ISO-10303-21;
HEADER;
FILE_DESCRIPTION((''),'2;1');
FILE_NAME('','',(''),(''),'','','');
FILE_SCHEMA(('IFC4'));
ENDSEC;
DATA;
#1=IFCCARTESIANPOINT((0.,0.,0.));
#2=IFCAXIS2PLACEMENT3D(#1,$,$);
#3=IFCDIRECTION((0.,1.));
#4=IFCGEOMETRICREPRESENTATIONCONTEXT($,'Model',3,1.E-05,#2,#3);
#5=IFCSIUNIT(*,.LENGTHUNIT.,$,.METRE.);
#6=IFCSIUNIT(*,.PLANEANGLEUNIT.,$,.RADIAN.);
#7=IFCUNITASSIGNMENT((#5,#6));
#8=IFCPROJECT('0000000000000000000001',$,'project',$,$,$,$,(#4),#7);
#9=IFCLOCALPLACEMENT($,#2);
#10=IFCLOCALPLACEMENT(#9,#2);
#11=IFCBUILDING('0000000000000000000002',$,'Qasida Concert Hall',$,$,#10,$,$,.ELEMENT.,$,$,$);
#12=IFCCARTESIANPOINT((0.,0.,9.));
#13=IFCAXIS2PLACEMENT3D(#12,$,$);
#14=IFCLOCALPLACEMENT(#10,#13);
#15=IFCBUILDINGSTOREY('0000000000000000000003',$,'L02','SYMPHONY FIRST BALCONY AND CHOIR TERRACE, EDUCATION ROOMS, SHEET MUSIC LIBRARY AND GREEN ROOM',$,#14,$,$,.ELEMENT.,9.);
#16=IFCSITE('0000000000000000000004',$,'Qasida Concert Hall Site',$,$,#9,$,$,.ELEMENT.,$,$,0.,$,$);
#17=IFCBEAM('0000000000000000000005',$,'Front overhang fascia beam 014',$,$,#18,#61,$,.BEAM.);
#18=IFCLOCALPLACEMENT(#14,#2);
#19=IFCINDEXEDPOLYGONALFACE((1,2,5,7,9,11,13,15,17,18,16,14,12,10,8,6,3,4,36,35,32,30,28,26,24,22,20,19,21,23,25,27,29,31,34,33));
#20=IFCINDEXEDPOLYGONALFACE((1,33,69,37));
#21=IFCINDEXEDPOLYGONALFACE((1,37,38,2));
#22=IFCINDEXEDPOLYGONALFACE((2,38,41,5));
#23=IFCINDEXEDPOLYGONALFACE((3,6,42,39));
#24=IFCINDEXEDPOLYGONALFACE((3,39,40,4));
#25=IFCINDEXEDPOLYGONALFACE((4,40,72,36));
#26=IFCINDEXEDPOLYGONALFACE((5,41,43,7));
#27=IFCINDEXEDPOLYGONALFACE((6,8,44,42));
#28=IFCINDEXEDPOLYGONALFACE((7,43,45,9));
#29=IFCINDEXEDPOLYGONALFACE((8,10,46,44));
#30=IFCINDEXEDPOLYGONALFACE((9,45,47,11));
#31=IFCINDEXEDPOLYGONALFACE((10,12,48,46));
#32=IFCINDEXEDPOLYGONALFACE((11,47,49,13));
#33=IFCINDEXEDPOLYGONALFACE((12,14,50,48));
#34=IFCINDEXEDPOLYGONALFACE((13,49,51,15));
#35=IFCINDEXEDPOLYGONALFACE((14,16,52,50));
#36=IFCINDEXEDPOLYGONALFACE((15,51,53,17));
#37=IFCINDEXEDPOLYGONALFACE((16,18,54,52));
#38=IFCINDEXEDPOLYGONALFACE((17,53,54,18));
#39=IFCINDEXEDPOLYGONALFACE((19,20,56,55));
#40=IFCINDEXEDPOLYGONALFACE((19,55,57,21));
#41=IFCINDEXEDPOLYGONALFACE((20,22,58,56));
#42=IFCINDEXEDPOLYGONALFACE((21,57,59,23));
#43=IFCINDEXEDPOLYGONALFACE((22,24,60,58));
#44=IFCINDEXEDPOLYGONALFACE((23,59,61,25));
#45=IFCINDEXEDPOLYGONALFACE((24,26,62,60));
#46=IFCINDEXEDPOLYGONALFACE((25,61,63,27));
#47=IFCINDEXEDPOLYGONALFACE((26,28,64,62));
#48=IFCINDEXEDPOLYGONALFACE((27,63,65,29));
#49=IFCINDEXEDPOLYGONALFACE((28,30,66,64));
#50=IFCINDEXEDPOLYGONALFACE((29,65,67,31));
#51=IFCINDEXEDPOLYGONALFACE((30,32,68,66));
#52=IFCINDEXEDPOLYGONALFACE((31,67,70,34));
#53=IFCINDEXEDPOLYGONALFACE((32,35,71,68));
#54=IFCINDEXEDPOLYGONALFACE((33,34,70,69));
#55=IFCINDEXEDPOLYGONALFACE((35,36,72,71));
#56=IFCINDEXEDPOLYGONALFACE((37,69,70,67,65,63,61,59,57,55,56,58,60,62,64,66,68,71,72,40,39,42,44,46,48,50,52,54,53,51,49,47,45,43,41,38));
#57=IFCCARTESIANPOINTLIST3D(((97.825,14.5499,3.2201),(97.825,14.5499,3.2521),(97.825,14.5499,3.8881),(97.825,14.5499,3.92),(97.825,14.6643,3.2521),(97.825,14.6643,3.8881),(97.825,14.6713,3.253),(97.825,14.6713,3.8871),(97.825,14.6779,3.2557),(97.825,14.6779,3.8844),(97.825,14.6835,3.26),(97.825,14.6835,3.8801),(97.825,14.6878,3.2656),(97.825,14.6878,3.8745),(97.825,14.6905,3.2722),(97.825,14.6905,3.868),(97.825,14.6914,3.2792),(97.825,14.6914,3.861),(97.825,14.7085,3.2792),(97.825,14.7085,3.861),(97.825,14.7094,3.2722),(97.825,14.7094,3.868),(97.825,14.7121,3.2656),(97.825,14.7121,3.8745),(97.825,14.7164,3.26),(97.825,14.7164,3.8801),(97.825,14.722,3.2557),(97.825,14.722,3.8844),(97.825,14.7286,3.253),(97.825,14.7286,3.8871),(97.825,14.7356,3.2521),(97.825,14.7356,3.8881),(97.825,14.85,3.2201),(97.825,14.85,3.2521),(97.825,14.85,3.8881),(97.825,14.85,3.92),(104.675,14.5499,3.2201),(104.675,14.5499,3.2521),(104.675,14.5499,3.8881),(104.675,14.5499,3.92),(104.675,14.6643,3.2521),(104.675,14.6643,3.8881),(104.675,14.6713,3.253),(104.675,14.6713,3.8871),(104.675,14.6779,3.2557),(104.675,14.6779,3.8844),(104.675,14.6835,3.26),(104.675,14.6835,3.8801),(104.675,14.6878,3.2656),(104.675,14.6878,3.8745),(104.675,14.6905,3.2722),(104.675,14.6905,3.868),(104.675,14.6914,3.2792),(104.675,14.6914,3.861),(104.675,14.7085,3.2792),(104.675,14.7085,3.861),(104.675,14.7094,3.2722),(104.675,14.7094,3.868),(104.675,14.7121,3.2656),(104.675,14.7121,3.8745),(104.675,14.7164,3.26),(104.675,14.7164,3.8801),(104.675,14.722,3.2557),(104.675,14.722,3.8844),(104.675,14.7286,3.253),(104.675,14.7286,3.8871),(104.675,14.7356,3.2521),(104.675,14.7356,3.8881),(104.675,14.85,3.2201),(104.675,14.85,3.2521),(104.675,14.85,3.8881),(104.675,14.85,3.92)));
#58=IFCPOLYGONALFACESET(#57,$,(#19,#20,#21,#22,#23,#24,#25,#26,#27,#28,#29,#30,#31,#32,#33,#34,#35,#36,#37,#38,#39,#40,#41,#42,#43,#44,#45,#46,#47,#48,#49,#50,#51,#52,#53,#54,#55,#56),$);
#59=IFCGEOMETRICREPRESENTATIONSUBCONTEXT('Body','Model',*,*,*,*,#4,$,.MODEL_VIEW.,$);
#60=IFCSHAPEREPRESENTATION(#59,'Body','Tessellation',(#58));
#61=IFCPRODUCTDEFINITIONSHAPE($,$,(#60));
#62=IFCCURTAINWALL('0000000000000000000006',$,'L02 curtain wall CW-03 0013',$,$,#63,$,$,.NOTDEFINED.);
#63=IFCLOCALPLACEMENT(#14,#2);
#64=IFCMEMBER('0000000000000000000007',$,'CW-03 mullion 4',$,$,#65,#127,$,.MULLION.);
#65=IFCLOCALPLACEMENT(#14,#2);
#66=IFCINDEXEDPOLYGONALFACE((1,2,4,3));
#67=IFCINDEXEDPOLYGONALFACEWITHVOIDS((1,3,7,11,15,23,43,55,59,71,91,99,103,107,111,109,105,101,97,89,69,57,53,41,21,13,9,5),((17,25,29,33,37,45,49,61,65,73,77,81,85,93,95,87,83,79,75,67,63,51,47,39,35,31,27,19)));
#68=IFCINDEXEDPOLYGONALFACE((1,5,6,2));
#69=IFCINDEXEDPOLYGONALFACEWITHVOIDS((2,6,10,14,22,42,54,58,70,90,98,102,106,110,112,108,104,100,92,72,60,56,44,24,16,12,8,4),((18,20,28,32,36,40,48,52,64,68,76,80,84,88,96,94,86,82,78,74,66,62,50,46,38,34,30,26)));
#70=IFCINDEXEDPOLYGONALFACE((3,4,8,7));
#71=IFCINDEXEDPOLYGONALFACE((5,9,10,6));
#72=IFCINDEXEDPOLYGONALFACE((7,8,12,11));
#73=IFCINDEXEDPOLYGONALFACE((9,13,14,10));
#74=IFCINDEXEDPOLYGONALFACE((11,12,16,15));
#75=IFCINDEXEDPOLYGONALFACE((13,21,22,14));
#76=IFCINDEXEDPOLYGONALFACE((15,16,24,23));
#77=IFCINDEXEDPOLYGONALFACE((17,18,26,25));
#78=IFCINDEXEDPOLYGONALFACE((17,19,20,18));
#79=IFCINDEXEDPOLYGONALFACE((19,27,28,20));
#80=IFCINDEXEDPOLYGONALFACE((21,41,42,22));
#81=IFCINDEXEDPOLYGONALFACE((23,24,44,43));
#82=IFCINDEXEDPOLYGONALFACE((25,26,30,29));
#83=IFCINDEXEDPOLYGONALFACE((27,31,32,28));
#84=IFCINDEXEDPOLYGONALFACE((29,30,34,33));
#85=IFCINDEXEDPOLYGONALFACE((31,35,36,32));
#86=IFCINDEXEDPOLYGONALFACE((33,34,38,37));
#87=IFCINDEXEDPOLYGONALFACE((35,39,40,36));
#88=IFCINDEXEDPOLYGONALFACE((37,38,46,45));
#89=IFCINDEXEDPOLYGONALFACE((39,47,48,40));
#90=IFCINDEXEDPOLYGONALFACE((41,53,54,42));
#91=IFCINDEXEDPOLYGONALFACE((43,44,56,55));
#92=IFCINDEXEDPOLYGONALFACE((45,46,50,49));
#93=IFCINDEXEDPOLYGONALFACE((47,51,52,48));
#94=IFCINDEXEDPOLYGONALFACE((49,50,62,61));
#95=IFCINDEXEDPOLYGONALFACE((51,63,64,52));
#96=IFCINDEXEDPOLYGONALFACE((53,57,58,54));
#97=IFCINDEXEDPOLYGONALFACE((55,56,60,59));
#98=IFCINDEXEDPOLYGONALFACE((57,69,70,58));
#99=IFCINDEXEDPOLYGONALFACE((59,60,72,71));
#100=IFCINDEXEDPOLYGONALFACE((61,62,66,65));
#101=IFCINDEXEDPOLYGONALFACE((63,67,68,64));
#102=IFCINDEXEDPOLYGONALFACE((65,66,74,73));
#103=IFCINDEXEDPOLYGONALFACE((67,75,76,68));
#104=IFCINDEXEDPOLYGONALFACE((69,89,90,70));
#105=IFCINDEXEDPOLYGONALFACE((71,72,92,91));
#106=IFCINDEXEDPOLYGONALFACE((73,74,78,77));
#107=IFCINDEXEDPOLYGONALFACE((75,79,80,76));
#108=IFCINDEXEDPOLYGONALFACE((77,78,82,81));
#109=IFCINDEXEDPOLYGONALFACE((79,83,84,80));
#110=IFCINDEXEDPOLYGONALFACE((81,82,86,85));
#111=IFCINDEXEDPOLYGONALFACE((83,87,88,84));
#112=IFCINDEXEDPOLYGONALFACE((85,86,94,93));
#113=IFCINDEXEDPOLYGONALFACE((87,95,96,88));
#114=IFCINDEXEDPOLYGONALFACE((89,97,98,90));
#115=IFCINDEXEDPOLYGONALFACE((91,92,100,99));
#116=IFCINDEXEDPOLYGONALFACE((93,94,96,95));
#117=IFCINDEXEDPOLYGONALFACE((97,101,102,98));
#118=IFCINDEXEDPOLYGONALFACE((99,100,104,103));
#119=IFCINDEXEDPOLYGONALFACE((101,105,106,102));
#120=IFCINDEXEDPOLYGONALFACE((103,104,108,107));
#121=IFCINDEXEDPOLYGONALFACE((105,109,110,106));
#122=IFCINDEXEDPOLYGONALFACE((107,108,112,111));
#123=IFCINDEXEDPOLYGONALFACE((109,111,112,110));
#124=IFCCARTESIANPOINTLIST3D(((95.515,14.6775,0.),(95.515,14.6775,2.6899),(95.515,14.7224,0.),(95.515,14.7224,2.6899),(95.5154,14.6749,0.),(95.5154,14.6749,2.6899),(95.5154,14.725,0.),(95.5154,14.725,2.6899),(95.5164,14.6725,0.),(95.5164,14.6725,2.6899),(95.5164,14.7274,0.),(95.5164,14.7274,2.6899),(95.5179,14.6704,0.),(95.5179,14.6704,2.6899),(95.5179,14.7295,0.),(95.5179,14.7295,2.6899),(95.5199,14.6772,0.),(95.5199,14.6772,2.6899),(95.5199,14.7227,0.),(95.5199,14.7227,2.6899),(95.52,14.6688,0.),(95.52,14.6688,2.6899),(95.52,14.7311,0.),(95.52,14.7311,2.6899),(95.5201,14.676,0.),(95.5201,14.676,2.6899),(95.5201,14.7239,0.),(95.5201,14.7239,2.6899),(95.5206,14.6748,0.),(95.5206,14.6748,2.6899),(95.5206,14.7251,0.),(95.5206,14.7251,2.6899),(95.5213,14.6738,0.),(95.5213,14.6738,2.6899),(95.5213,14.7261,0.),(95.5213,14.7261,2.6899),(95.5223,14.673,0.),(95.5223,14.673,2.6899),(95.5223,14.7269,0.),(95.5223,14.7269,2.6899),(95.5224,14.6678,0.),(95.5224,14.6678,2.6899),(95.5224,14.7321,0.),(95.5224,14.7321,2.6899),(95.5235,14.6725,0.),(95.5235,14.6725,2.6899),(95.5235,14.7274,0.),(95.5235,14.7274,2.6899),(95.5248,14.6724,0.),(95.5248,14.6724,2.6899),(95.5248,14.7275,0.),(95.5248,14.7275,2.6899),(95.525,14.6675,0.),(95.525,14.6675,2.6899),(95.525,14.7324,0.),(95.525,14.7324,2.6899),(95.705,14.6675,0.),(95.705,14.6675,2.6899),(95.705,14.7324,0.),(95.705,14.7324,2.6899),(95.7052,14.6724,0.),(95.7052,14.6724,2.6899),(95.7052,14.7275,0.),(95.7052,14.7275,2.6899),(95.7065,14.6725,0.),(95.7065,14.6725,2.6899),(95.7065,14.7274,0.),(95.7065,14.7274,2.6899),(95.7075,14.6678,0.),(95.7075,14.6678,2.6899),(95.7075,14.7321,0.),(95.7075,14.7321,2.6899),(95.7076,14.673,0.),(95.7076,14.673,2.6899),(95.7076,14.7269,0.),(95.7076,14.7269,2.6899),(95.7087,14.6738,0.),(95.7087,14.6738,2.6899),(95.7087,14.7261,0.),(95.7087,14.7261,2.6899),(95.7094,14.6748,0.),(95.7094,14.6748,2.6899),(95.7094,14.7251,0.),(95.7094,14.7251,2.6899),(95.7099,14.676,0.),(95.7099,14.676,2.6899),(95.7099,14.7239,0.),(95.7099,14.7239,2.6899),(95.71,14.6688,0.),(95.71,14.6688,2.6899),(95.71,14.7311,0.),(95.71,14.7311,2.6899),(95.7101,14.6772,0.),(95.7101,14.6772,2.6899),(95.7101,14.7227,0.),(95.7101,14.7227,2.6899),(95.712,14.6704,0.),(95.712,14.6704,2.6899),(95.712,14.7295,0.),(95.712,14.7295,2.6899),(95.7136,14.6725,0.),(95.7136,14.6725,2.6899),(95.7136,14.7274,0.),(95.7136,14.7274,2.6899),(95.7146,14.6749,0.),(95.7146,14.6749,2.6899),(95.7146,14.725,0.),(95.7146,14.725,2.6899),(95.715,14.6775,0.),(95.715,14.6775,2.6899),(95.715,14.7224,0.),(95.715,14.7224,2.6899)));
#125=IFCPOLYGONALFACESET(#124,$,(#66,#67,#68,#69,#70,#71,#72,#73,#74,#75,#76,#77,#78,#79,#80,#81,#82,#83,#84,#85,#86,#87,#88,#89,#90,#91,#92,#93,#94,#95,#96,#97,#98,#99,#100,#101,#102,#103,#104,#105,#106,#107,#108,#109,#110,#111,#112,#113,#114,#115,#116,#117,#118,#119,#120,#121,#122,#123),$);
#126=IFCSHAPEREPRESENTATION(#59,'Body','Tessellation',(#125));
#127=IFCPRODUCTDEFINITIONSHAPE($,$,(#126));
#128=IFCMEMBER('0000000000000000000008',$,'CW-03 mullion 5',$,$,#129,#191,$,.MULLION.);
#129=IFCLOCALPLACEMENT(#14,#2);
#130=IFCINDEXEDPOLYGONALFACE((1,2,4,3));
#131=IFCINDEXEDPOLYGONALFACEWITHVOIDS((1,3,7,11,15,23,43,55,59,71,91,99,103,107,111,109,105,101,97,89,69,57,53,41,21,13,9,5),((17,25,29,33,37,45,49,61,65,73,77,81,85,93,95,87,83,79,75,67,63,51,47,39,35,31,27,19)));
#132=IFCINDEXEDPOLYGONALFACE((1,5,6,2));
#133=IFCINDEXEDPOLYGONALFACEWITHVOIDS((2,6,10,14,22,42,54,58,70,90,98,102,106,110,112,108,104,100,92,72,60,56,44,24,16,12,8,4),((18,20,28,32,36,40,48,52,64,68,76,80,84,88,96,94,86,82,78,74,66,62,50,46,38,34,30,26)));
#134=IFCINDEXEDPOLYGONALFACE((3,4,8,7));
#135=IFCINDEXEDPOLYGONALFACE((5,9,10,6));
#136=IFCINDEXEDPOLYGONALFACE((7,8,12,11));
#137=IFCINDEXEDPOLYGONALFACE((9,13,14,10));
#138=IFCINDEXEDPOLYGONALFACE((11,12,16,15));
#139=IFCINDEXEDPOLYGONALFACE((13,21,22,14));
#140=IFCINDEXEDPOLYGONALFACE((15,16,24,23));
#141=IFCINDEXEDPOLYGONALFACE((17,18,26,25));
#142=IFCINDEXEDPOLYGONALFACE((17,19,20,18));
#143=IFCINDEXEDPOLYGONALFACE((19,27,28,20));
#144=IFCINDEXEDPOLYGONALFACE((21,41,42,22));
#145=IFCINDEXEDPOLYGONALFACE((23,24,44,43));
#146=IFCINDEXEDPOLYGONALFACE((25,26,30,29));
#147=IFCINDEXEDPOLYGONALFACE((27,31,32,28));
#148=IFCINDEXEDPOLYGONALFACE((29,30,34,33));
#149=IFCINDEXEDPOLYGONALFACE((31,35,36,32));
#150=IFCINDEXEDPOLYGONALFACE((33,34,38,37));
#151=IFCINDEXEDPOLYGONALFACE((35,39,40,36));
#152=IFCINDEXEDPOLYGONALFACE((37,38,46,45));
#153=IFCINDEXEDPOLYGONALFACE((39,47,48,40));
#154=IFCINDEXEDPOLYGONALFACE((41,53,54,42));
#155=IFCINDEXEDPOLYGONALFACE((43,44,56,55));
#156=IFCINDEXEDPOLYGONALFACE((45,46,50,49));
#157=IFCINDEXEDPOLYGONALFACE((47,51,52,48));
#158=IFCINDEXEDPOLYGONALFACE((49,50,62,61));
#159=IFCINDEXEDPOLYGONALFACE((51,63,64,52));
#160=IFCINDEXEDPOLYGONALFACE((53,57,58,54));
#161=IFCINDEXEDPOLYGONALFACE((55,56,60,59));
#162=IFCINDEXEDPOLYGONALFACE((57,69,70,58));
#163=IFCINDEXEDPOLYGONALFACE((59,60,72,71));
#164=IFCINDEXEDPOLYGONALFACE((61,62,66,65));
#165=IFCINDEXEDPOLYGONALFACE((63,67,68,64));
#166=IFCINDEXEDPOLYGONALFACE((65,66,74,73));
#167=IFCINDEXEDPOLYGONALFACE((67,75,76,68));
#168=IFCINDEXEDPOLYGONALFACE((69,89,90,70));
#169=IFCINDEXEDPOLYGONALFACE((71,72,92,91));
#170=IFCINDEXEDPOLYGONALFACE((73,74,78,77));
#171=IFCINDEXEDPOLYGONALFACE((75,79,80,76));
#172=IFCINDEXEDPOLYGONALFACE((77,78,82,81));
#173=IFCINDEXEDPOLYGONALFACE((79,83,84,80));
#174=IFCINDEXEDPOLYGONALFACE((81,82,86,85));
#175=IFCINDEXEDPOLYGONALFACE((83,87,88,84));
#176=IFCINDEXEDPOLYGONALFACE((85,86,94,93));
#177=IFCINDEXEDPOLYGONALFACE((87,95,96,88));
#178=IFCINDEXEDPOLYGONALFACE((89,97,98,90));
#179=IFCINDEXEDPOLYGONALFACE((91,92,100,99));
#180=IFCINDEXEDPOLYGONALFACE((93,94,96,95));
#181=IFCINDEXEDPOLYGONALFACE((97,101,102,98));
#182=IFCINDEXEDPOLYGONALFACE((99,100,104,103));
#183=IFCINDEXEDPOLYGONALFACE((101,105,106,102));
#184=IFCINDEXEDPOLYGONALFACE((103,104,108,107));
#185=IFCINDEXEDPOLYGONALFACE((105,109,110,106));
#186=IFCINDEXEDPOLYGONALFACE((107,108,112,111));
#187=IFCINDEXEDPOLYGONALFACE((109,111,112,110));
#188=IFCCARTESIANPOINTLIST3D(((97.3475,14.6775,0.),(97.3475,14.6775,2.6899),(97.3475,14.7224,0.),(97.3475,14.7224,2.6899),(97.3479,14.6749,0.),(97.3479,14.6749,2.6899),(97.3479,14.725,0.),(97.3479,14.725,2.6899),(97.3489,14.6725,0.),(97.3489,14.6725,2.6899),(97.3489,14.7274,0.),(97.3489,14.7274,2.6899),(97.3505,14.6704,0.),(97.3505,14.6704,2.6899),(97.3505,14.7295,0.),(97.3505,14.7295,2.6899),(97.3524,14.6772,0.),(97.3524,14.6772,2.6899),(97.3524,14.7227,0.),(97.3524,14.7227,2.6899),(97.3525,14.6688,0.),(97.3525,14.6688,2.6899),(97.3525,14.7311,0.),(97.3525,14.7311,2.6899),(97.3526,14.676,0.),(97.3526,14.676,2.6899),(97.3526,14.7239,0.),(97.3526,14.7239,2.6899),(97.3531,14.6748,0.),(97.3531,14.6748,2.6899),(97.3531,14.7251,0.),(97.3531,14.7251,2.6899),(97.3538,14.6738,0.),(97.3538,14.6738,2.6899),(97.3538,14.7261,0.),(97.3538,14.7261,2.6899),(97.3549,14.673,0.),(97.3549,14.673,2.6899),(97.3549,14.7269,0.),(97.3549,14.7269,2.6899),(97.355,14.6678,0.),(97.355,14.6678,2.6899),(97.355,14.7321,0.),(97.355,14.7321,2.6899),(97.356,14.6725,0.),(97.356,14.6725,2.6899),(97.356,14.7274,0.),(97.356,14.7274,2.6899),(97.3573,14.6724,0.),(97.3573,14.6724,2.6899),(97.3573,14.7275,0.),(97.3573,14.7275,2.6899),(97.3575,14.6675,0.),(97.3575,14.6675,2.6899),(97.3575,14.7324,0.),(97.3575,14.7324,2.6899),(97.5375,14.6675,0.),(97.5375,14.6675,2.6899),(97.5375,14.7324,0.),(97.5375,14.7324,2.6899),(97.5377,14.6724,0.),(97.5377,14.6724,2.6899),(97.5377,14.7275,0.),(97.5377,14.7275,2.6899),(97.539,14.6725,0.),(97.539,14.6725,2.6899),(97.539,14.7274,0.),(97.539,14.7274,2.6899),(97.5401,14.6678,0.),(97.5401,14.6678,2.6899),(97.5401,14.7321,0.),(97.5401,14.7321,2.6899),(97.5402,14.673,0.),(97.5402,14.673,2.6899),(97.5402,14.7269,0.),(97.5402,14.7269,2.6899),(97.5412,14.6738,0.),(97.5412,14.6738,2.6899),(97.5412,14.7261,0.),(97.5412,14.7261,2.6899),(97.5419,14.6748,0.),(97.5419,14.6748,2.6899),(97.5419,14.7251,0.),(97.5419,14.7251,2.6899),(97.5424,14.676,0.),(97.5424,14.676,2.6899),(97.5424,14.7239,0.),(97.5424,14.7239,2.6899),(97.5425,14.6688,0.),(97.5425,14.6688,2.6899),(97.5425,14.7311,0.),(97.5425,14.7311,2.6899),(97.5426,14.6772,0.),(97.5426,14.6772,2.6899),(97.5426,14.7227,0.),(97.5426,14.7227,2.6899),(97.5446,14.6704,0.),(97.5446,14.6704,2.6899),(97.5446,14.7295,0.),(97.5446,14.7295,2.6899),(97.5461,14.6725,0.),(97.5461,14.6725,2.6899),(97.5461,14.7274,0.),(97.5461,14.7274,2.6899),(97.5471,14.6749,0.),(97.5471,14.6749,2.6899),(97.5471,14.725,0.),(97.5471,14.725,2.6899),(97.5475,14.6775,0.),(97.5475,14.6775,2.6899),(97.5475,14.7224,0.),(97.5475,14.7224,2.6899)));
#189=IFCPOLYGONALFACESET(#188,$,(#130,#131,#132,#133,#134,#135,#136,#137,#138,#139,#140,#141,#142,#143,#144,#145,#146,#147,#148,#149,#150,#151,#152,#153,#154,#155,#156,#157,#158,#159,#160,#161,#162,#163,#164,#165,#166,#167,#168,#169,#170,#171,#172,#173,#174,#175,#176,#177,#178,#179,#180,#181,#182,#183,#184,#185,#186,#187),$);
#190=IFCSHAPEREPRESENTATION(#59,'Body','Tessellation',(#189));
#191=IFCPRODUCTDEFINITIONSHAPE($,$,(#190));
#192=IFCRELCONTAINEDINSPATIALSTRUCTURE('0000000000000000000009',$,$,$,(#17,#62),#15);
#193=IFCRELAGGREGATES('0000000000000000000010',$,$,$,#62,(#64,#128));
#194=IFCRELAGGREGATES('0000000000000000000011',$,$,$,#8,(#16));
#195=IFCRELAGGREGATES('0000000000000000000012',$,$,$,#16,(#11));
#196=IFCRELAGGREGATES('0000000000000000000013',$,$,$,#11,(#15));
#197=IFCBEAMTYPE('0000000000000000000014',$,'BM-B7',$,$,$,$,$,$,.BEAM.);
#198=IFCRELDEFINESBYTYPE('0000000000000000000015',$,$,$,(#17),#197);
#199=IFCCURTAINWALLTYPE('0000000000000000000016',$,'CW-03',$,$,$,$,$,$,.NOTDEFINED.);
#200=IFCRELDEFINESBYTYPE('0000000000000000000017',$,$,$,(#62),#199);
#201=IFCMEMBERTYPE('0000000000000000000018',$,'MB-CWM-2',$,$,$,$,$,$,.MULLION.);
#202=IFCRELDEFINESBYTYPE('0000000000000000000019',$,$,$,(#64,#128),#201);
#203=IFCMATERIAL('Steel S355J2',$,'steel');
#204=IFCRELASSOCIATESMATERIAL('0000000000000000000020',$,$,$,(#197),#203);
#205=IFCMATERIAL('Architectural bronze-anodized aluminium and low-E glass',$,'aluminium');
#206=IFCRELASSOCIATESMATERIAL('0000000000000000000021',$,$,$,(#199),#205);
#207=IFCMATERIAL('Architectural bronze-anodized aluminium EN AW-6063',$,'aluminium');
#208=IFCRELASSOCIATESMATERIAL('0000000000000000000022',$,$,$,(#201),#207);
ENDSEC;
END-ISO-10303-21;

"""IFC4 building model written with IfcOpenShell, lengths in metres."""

from ifc_helpers import new_model, si_unit, direction, frame, origin, origin_2d, place, context, subcontext, project, spatial, hollow_rectangle, i_section, extrude, material, material_profile, profile_set, type_object, element, aggregate, save


model = new_model("IFC4")

# Units and contexts
model_context = context("Model", 3, precision=1e-05, world=origin(), true_north=direction((0.0, 1.0)))
body_context = subcontext(model_context, "Body", "Model", "MODEL_VIEW")
ifc_project = project(units=[si_unit("LENGTHUNIT", "METRE"), si_unit("PLANEANGLEUNIT", "RADIAN")], contexts=[model_context])

# Site, building, storey
site_placement = place(None, origin())
site = spatial("IfcSite", under=ifc_project, at=site_placement, Name="Qasida Concert Hall Site", CompositionType="ELEMENT", RefElevation=0.0)
building_placement = place(site_placement, origin())
building = spatial("IfcBuilding", under=site, at=building_placement, Name="Qasida Concert Hall", CompositionType="ELEMENT")
storey_placement = place(building_placement, frame((0.0, 0.0, 9.0)))
storey = spatial("IfcBuildingStorey", under=building, at=storey_placement, Name="L02", Description="SYMPHONY FIRST BALCONY AND CHOIR TERRACE, EDUCATION ROOMS, SHEET MUSIC LIBRARY AND GREEN ROOM", CompositionType="ELEMENT", Elevation=9.0)

# Beam
ifc_material_1 = material(Name="Steel S355J2", Category="steel")
ifc_material_profile_1 = material_profile(ifc_material_1, i_section(OverallWidth=0.3, OverallDepth=0.7, WebThickness=0.0171, FlangeThickness=0.032, FilletRadius=0.0271, at=origin_2d()), Name="HEB 700")
ifc_profile_set_1 = profile_set([ifc_material_profile_1], Name="Steel S355J2")
beam_type = type_object("IfcBeamType", Name="BM-B7", PredefinedType="BEAM", material=ifc_profile_set_1)
beam_placement = place(storey_placement, frame((97.825, 14.7, 3.5701), z_axis=(1.0, 0.0, 0.0), x_axis=(0.0, 1.0, 0.0)))
element("IfcBeam", 1, at=beam_placement, inside=storey, type_object=beam_type, Name="Front overhang fascia beam 014", PredefinedType="BEAM", context=body_context, shape_type="SweptSolid", body=[
    extrude(i_section(OverallWidth=0.3, OverallDepth=0.7, WebThickness=0.0171, FlangeThickness=0.032, FilletRadius=0.0271, at=origin_2d()), origin(), (0.0, 0.0, 1.0), 6.8501),
])

# Curtain wall, members
ifc_material_2 = material(Name="Architectural bronze-anodized aluminium and low-E glass", Category="aluminium")
curtain_wall_type = type_object("IfcCurtainWallType", Name="CW-03", PredefinedType="NOTDEFINED", material=ifc_material_2)
curtain_wall_1_placement = place(storey_placement, origin())
curtain_wall_1 = element("IfcCurtainWall", 2, at=curtain_wall_1_placement, inside=storey, type_object=curtain_wall_type, Name="L02 curtain wall CW-03 0013", PredefinedType="NOTDEFINED")
ifc_material_3 = material(Name="Architectural bronze-anodized aluminium EN AW-6063", Category="aluminium")
ifc_material_profile_2 = material_profile(ifc_material_3, hollow_rectangle(XDim=0.0649, YDim=0.2, WallThickness=0.0049, InnerFilletRadius=0.0049, OuterFilletRadius=0.01, at=origin_2d()), Name="CWM 200x65x5")
ifc_profile_set_2 = profile_set([ifc_material_profile_2], Name="Architectural bronze-anodized aluminium EN AW-6063")
member_type_1 = type_object("IfcMemberType", Name="MB-CWM-2", PredefinedType="MULLION", material=ifc_profile_set_2)
member_1_placement = place(storey_placement, frame((95.615, 14.7, 0.0), z_axis=(0.0, 0.0, 1.0), x_axis=(0.0, 1.0, 0.0)))
member_1 = element("IfcMember", 3, at=member_1_placement, type_object=member_type_1, Name="CW-03 mullion 4", PredefinedType="MULLION", context=body_context, shape_type="SweptSolid", body=[
    extrude(hollow_rectangle(XDim=0.0649, YDim=0.2, WallThickness=0.0049, InnerFilletRadius=0.0049, OuterFilletRadius=0.01, at=origin_2d()), origin(), (0.0, 0.0, 1.0), 2.6899),
])
member_2_placement = place(storey_placement, frame((97.4475, 14.7, 0.0), z_axis=(0.0, 0.0, 1.0), x_axis=(0.0, 1.0, 0.0)))
member_2 = element("IfcMember", 4, at=member_2_placement, type_object=member_type_1, Name="CW-03 mullion 5", PredefinedType="MULLION", context=body_context, shape_type="SweptSolid", body=[
    extrude(hollow_rectangle(XDim=0.0649, YDim=0.2, WallThickness=0.0049, InnerFilletRadius=0.0049, OuterFilletRadius=0.01, at=origin_2d()), origin(), (0.0, 0.0, 1.0), 2.6899),
])

aggregate(curtain_wall_1, [member_1, member_2])

save(model, "model.ifc")
